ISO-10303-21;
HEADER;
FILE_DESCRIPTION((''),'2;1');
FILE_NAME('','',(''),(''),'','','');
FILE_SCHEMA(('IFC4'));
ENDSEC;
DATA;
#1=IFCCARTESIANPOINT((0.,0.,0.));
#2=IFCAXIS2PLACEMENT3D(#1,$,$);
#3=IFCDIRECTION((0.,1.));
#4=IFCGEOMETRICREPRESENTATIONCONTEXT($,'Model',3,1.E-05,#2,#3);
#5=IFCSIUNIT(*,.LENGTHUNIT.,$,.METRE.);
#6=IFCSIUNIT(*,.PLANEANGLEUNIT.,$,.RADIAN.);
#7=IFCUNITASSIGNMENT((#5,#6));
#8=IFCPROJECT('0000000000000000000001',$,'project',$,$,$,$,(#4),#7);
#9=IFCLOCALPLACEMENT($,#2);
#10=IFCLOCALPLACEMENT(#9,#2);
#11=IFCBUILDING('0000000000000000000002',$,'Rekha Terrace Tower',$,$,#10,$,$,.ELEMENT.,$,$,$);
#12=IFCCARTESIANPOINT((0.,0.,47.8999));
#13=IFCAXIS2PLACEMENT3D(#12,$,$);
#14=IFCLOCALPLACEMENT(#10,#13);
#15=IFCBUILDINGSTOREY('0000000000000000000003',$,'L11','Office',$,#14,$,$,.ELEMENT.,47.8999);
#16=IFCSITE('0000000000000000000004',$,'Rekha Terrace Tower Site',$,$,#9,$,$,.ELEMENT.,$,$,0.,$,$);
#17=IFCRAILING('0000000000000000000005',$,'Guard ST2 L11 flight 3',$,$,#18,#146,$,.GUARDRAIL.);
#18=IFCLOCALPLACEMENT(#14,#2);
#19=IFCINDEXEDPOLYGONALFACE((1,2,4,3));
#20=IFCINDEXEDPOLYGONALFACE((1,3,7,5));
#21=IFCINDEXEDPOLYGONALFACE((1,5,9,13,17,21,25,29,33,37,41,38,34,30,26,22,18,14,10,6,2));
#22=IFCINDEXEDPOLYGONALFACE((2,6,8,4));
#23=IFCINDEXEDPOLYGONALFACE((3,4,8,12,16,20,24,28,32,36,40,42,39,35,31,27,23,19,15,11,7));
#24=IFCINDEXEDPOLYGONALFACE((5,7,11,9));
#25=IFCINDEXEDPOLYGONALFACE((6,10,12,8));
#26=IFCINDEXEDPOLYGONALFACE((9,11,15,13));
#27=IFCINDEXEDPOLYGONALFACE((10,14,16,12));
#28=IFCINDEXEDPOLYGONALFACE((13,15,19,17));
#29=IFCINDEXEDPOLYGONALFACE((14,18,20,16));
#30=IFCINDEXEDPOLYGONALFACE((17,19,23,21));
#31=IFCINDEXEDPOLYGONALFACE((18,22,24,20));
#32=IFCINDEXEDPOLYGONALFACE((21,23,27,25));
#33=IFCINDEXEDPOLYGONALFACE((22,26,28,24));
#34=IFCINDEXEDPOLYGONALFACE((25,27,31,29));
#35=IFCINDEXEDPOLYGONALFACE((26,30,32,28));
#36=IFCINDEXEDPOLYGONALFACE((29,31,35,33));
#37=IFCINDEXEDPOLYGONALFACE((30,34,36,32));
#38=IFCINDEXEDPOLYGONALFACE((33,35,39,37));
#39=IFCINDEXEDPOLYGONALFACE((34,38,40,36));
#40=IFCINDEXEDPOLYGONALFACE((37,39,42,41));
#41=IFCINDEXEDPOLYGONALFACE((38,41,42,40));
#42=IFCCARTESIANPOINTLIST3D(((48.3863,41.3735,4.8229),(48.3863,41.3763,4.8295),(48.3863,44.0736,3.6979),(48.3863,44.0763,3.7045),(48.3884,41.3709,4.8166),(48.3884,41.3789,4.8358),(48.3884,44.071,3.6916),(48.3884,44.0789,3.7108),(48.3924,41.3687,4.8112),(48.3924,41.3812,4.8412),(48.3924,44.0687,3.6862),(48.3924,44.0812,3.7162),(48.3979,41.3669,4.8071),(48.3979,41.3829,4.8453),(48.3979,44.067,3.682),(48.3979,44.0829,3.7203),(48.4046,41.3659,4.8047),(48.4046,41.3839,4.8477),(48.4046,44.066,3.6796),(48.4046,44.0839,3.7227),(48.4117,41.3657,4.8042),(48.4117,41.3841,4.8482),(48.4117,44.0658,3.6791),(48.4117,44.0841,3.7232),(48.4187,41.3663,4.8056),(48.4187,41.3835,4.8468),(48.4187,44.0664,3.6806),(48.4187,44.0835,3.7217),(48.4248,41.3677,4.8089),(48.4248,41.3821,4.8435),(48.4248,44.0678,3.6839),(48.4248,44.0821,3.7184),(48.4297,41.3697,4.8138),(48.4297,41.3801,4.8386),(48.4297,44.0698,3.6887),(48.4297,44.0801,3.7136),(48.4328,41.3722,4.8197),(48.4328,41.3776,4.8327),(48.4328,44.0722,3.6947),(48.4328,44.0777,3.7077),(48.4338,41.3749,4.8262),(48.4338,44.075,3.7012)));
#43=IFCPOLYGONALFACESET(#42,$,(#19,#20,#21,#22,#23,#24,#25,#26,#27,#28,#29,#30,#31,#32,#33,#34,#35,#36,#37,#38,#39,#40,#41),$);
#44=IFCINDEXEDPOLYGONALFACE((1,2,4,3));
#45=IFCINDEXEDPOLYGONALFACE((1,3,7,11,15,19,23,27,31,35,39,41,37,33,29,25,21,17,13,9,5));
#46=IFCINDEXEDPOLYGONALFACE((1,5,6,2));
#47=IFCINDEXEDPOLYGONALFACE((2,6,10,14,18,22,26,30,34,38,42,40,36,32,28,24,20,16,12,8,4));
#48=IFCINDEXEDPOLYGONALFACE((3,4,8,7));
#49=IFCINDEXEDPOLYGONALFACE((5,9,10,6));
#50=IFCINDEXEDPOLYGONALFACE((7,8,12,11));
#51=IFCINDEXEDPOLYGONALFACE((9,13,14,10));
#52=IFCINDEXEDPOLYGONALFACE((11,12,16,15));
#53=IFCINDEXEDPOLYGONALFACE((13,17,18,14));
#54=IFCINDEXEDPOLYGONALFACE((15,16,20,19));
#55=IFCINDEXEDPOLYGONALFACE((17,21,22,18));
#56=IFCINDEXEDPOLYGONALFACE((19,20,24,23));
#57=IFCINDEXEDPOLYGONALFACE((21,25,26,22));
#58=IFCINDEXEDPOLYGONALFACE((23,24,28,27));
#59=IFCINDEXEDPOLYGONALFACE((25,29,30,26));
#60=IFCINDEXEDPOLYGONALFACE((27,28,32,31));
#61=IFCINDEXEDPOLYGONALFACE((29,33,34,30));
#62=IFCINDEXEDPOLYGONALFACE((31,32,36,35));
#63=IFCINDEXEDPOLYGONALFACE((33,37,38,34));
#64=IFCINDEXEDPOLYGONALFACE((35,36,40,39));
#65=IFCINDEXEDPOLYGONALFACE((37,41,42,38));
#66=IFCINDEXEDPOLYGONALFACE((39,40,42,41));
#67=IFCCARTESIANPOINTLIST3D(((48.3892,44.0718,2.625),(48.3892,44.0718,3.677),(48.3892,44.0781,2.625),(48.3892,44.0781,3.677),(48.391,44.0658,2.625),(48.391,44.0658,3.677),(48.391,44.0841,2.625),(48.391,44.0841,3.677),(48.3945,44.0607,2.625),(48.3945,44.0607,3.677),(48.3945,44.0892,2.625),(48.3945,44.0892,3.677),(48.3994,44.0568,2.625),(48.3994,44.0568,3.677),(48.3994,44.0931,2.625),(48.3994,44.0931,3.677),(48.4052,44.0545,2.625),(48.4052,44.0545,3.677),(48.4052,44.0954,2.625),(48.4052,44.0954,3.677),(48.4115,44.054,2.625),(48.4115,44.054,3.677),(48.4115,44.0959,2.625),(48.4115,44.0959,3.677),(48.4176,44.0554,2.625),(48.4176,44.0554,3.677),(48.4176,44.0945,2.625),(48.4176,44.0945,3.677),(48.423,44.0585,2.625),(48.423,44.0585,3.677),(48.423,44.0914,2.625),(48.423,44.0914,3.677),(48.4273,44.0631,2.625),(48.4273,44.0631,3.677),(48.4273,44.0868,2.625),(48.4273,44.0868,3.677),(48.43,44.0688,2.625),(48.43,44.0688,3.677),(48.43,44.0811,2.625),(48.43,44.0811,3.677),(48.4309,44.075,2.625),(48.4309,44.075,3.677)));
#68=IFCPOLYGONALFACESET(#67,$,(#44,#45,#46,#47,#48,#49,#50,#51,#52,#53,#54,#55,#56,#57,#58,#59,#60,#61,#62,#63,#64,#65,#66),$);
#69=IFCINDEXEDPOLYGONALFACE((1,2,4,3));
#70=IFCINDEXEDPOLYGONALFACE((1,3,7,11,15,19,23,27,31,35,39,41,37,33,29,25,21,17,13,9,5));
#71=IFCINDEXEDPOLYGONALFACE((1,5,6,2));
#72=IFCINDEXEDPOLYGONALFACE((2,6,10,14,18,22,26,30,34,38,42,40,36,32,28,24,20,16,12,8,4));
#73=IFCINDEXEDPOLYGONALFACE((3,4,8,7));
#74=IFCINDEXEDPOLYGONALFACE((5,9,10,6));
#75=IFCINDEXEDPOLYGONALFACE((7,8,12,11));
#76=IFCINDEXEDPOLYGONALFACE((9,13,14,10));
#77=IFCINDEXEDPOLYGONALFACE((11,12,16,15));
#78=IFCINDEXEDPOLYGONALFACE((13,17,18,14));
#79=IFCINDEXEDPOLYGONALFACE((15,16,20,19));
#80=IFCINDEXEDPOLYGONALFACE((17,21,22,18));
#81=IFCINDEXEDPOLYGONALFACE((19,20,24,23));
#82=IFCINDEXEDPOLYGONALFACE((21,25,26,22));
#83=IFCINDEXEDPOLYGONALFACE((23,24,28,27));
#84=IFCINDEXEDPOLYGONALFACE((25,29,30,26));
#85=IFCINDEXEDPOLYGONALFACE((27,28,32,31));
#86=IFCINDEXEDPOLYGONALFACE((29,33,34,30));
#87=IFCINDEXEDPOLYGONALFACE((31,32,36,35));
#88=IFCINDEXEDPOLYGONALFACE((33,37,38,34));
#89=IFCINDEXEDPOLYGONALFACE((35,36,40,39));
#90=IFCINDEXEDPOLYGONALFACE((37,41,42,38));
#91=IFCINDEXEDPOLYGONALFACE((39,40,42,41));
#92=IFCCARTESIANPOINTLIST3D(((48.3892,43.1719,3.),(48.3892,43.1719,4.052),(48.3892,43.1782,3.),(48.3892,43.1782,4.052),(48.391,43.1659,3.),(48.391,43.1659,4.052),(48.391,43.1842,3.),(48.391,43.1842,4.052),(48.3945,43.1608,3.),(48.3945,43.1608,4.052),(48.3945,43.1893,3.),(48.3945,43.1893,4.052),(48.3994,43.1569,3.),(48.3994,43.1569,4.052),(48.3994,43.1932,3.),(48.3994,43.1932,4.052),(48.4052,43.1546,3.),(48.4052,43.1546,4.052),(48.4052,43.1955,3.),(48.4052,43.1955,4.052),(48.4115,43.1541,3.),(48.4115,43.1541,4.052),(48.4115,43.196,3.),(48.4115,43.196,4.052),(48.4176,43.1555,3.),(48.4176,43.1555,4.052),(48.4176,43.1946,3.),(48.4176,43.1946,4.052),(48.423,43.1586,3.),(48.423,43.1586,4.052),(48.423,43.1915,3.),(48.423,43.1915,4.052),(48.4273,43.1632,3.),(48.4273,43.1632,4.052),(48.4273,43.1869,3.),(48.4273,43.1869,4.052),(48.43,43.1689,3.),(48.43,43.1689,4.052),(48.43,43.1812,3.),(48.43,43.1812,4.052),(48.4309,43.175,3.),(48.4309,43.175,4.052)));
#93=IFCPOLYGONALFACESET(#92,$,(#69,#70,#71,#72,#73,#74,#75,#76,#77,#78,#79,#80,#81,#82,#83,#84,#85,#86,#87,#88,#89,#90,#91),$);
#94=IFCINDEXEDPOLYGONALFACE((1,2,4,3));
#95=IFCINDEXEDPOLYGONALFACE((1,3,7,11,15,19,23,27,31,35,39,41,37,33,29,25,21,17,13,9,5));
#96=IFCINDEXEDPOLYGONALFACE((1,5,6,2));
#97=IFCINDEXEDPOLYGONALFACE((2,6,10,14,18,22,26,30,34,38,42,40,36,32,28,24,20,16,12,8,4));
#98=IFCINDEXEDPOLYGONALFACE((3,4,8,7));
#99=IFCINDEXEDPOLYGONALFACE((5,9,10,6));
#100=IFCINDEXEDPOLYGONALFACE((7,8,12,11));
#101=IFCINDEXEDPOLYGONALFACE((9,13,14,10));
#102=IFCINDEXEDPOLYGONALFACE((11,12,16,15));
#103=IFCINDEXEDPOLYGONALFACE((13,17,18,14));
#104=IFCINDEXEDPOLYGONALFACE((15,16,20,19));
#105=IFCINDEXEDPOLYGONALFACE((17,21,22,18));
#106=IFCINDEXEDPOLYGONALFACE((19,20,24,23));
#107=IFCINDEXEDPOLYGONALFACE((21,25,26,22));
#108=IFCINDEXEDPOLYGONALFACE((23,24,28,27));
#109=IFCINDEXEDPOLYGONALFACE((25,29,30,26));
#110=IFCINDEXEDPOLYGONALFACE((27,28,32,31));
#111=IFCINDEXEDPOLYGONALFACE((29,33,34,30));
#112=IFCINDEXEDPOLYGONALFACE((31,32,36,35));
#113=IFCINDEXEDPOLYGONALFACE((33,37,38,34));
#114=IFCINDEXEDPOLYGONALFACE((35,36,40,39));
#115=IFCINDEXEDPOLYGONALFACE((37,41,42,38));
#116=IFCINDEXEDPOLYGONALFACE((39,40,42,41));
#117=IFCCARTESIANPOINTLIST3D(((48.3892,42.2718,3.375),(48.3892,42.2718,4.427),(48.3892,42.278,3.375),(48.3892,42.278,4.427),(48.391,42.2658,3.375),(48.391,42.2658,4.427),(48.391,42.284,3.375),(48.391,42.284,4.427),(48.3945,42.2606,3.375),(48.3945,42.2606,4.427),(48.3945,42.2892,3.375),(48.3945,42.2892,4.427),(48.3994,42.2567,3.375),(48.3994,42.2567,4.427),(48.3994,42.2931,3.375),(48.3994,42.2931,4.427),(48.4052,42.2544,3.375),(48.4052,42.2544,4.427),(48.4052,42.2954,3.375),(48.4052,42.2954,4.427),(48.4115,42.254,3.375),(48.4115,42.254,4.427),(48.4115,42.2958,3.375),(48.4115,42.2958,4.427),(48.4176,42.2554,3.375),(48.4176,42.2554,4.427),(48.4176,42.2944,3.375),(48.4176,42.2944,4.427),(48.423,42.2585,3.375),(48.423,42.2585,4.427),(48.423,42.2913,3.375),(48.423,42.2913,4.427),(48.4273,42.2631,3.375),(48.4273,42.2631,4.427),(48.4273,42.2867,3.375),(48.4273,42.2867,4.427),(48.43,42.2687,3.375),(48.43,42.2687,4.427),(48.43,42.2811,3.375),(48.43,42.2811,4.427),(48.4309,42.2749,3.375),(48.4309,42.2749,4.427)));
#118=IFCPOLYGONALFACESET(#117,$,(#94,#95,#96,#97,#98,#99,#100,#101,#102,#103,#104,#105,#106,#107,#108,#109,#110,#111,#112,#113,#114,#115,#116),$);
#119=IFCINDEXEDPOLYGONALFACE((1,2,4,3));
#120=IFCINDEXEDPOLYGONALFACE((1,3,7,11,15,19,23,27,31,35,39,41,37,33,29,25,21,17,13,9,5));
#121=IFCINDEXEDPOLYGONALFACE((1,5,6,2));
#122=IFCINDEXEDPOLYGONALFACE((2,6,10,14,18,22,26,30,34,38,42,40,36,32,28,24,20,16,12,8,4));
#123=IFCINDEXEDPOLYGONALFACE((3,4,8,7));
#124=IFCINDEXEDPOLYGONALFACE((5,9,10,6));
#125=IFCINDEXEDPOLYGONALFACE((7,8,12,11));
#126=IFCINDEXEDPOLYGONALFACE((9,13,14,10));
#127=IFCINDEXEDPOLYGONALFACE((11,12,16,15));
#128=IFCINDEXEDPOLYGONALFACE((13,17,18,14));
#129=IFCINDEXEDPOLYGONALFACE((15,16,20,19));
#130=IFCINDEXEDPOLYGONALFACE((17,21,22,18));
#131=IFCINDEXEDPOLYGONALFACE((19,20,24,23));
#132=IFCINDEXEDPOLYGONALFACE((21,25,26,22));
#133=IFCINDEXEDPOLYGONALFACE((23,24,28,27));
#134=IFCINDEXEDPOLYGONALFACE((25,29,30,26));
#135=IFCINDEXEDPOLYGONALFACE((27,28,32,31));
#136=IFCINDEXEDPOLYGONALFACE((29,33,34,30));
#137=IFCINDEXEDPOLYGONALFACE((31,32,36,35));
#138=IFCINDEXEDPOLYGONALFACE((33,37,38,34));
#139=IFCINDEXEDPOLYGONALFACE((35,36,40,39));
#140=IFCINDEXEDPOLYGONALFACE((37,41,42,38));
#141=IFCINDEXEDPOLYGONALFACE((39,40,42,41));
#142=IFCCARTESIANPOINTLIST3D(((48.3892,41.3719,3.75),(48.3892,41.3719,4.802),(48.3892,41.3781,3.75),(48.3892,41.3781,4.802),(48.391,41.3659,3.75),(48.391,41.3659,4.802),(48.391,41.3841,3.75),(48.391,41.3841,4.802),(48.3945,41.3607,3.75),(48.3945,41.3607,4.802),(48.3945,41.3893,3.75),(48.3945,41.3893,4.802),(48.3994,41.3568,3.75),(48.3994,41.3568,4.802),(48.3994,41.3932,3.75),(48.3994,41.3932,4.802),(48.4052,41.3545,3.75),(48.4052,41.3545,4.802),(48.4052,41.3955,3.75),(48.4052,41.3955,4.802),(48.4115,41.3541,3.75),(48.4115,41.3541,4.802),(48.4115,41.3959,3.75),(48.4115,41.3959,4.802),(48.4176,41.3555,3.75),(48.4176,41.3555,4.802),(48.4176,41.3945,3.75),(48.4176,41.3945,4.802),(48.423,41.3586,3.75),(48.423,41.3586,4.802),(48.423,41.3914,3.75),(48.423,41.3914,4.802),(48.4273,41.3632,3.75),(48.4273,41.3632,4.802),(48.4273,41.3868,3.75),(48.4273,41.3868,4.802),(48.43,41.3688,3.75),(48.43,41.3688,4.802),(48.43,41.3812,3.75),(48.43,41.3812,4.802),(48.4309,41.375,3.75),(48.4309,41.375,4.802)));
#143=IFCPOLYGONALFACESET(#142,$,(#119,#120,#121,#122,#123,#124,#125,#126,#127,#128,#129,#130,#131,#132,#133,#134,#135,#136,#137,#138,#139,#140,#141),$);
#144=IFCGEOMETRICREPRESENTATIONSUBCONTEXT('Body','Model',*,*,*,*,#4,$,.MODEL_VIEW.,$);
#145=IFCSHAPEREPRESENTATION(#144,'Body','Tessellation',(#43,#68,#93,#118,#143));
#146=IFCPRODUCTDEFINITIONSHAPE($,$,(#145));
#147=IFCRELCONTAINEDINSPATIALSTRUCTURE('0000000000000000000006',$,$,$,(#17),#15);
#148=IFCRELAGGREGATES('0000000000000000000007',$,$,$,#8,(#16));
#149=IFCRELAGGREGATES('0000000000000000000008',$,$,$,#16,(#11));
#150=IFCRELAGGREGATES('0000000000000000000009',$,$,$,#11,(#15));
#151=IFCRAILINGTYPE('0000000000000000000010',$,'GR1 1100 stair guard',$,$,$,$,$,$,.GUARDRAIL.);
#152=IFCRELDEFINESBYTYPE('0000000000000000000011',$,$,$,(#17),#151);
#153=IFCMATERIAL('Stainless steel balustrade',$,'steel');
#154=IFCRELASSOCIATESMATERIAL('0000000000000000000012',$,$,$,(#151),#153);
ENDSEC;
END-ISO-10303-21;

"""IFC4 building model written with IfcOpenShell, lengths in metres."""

from ifc_helpers import new_model, si_unit, direction, frame, origin, origin_2d, place, context, subcontext, project, spatial, circle, extrude, material, type_object, element, save


model = new_model("IFC4")

# Units and contexts
model_context = context("Model", 3, precision=1e-05, world=origin(), true_north=direction((0.0, 1.0)))
body_context = subcontext(model_context, "Body", "Model", "MODEL_VIEW")
ifc_project = project(units=[si_unit("LENGTHUNIT", "METRE"), si_unit("PLANEANGLEUNIT", "RADIAN")], contexts=[model_context])

# Site, building, storey
site_placement = place(None, origin())
site = spatial("IfcSite", under=ifc_project, at=site_placement, Name="Rekha Terrace Tower Site", CompositionType="ELEMENT", RefElevation=0.0)
building_placement = place(site_placement, origin())
building = spatial("IfcBuilding", under=site, at=building_placement, Name="Rekha Terrace Tower", CompositionType="ELEMENT")
storey_placement = place(building_placement, frame((0.0, 0.0, 47.8999)))
storey = spatial("IfcBuildingStorey", under=building, at=storey_placement, Name="L11", Description="Office", CompositionType="ELEMENT", Elevation=47.8999)

# Railing
ifc_material_1 = material(Name="Stainless steel balustrade", Category="steel")
railing_type_1 = type_object("IfcRailingType", Name="GR1 1100 stair guard", PredefinedType="GUARDRAIL", material=ifc_material_1)
railing_1_placement = place(storey_placement, frame((48.4099, 44.075, 2.625)))
element("IfcRailing", 1, at=railing_1_placement, inside=storey, type_object=railing_type_1, Name="Guard ST2 L11 flight 3", PredefinedType="GUARDRAIL", context=body_context, shape_type="SweptSolid", body=[
    extrude(circle(Radius=0.0239, at=origin_2d()), frame((0.0, 0.0, 1.0762), z_axis=(0.0, -0.923074, 0.384621), x_axis=(1.0, 0.0, 0.0)), (0.0, 0.0, 1.0), 2.925),
    extrude(circle(Radius=0.021, at=origin_2d()), origin(), (0.0, 0.0, 1.0), 1.052),
    extrude(circle(Radius=0.021, at=origin_2d()), frame((0.0, -0.8999, 0.375)), (0.0, 0.0, 1.0), 1.052),
    extrude(circle(Radius=0.021, at=origin_2d()), frame((0.0, -1.8, 0.75)), (0.0, 0.0, 1.0), 1.052),
    extrude(circle(Radius=0.021, at=origin_2d()), frame((0.0, -2.7, 1.125)), (0.0, 0.0, 1.0), 1.052),
])

save(model, "model.ifc")
